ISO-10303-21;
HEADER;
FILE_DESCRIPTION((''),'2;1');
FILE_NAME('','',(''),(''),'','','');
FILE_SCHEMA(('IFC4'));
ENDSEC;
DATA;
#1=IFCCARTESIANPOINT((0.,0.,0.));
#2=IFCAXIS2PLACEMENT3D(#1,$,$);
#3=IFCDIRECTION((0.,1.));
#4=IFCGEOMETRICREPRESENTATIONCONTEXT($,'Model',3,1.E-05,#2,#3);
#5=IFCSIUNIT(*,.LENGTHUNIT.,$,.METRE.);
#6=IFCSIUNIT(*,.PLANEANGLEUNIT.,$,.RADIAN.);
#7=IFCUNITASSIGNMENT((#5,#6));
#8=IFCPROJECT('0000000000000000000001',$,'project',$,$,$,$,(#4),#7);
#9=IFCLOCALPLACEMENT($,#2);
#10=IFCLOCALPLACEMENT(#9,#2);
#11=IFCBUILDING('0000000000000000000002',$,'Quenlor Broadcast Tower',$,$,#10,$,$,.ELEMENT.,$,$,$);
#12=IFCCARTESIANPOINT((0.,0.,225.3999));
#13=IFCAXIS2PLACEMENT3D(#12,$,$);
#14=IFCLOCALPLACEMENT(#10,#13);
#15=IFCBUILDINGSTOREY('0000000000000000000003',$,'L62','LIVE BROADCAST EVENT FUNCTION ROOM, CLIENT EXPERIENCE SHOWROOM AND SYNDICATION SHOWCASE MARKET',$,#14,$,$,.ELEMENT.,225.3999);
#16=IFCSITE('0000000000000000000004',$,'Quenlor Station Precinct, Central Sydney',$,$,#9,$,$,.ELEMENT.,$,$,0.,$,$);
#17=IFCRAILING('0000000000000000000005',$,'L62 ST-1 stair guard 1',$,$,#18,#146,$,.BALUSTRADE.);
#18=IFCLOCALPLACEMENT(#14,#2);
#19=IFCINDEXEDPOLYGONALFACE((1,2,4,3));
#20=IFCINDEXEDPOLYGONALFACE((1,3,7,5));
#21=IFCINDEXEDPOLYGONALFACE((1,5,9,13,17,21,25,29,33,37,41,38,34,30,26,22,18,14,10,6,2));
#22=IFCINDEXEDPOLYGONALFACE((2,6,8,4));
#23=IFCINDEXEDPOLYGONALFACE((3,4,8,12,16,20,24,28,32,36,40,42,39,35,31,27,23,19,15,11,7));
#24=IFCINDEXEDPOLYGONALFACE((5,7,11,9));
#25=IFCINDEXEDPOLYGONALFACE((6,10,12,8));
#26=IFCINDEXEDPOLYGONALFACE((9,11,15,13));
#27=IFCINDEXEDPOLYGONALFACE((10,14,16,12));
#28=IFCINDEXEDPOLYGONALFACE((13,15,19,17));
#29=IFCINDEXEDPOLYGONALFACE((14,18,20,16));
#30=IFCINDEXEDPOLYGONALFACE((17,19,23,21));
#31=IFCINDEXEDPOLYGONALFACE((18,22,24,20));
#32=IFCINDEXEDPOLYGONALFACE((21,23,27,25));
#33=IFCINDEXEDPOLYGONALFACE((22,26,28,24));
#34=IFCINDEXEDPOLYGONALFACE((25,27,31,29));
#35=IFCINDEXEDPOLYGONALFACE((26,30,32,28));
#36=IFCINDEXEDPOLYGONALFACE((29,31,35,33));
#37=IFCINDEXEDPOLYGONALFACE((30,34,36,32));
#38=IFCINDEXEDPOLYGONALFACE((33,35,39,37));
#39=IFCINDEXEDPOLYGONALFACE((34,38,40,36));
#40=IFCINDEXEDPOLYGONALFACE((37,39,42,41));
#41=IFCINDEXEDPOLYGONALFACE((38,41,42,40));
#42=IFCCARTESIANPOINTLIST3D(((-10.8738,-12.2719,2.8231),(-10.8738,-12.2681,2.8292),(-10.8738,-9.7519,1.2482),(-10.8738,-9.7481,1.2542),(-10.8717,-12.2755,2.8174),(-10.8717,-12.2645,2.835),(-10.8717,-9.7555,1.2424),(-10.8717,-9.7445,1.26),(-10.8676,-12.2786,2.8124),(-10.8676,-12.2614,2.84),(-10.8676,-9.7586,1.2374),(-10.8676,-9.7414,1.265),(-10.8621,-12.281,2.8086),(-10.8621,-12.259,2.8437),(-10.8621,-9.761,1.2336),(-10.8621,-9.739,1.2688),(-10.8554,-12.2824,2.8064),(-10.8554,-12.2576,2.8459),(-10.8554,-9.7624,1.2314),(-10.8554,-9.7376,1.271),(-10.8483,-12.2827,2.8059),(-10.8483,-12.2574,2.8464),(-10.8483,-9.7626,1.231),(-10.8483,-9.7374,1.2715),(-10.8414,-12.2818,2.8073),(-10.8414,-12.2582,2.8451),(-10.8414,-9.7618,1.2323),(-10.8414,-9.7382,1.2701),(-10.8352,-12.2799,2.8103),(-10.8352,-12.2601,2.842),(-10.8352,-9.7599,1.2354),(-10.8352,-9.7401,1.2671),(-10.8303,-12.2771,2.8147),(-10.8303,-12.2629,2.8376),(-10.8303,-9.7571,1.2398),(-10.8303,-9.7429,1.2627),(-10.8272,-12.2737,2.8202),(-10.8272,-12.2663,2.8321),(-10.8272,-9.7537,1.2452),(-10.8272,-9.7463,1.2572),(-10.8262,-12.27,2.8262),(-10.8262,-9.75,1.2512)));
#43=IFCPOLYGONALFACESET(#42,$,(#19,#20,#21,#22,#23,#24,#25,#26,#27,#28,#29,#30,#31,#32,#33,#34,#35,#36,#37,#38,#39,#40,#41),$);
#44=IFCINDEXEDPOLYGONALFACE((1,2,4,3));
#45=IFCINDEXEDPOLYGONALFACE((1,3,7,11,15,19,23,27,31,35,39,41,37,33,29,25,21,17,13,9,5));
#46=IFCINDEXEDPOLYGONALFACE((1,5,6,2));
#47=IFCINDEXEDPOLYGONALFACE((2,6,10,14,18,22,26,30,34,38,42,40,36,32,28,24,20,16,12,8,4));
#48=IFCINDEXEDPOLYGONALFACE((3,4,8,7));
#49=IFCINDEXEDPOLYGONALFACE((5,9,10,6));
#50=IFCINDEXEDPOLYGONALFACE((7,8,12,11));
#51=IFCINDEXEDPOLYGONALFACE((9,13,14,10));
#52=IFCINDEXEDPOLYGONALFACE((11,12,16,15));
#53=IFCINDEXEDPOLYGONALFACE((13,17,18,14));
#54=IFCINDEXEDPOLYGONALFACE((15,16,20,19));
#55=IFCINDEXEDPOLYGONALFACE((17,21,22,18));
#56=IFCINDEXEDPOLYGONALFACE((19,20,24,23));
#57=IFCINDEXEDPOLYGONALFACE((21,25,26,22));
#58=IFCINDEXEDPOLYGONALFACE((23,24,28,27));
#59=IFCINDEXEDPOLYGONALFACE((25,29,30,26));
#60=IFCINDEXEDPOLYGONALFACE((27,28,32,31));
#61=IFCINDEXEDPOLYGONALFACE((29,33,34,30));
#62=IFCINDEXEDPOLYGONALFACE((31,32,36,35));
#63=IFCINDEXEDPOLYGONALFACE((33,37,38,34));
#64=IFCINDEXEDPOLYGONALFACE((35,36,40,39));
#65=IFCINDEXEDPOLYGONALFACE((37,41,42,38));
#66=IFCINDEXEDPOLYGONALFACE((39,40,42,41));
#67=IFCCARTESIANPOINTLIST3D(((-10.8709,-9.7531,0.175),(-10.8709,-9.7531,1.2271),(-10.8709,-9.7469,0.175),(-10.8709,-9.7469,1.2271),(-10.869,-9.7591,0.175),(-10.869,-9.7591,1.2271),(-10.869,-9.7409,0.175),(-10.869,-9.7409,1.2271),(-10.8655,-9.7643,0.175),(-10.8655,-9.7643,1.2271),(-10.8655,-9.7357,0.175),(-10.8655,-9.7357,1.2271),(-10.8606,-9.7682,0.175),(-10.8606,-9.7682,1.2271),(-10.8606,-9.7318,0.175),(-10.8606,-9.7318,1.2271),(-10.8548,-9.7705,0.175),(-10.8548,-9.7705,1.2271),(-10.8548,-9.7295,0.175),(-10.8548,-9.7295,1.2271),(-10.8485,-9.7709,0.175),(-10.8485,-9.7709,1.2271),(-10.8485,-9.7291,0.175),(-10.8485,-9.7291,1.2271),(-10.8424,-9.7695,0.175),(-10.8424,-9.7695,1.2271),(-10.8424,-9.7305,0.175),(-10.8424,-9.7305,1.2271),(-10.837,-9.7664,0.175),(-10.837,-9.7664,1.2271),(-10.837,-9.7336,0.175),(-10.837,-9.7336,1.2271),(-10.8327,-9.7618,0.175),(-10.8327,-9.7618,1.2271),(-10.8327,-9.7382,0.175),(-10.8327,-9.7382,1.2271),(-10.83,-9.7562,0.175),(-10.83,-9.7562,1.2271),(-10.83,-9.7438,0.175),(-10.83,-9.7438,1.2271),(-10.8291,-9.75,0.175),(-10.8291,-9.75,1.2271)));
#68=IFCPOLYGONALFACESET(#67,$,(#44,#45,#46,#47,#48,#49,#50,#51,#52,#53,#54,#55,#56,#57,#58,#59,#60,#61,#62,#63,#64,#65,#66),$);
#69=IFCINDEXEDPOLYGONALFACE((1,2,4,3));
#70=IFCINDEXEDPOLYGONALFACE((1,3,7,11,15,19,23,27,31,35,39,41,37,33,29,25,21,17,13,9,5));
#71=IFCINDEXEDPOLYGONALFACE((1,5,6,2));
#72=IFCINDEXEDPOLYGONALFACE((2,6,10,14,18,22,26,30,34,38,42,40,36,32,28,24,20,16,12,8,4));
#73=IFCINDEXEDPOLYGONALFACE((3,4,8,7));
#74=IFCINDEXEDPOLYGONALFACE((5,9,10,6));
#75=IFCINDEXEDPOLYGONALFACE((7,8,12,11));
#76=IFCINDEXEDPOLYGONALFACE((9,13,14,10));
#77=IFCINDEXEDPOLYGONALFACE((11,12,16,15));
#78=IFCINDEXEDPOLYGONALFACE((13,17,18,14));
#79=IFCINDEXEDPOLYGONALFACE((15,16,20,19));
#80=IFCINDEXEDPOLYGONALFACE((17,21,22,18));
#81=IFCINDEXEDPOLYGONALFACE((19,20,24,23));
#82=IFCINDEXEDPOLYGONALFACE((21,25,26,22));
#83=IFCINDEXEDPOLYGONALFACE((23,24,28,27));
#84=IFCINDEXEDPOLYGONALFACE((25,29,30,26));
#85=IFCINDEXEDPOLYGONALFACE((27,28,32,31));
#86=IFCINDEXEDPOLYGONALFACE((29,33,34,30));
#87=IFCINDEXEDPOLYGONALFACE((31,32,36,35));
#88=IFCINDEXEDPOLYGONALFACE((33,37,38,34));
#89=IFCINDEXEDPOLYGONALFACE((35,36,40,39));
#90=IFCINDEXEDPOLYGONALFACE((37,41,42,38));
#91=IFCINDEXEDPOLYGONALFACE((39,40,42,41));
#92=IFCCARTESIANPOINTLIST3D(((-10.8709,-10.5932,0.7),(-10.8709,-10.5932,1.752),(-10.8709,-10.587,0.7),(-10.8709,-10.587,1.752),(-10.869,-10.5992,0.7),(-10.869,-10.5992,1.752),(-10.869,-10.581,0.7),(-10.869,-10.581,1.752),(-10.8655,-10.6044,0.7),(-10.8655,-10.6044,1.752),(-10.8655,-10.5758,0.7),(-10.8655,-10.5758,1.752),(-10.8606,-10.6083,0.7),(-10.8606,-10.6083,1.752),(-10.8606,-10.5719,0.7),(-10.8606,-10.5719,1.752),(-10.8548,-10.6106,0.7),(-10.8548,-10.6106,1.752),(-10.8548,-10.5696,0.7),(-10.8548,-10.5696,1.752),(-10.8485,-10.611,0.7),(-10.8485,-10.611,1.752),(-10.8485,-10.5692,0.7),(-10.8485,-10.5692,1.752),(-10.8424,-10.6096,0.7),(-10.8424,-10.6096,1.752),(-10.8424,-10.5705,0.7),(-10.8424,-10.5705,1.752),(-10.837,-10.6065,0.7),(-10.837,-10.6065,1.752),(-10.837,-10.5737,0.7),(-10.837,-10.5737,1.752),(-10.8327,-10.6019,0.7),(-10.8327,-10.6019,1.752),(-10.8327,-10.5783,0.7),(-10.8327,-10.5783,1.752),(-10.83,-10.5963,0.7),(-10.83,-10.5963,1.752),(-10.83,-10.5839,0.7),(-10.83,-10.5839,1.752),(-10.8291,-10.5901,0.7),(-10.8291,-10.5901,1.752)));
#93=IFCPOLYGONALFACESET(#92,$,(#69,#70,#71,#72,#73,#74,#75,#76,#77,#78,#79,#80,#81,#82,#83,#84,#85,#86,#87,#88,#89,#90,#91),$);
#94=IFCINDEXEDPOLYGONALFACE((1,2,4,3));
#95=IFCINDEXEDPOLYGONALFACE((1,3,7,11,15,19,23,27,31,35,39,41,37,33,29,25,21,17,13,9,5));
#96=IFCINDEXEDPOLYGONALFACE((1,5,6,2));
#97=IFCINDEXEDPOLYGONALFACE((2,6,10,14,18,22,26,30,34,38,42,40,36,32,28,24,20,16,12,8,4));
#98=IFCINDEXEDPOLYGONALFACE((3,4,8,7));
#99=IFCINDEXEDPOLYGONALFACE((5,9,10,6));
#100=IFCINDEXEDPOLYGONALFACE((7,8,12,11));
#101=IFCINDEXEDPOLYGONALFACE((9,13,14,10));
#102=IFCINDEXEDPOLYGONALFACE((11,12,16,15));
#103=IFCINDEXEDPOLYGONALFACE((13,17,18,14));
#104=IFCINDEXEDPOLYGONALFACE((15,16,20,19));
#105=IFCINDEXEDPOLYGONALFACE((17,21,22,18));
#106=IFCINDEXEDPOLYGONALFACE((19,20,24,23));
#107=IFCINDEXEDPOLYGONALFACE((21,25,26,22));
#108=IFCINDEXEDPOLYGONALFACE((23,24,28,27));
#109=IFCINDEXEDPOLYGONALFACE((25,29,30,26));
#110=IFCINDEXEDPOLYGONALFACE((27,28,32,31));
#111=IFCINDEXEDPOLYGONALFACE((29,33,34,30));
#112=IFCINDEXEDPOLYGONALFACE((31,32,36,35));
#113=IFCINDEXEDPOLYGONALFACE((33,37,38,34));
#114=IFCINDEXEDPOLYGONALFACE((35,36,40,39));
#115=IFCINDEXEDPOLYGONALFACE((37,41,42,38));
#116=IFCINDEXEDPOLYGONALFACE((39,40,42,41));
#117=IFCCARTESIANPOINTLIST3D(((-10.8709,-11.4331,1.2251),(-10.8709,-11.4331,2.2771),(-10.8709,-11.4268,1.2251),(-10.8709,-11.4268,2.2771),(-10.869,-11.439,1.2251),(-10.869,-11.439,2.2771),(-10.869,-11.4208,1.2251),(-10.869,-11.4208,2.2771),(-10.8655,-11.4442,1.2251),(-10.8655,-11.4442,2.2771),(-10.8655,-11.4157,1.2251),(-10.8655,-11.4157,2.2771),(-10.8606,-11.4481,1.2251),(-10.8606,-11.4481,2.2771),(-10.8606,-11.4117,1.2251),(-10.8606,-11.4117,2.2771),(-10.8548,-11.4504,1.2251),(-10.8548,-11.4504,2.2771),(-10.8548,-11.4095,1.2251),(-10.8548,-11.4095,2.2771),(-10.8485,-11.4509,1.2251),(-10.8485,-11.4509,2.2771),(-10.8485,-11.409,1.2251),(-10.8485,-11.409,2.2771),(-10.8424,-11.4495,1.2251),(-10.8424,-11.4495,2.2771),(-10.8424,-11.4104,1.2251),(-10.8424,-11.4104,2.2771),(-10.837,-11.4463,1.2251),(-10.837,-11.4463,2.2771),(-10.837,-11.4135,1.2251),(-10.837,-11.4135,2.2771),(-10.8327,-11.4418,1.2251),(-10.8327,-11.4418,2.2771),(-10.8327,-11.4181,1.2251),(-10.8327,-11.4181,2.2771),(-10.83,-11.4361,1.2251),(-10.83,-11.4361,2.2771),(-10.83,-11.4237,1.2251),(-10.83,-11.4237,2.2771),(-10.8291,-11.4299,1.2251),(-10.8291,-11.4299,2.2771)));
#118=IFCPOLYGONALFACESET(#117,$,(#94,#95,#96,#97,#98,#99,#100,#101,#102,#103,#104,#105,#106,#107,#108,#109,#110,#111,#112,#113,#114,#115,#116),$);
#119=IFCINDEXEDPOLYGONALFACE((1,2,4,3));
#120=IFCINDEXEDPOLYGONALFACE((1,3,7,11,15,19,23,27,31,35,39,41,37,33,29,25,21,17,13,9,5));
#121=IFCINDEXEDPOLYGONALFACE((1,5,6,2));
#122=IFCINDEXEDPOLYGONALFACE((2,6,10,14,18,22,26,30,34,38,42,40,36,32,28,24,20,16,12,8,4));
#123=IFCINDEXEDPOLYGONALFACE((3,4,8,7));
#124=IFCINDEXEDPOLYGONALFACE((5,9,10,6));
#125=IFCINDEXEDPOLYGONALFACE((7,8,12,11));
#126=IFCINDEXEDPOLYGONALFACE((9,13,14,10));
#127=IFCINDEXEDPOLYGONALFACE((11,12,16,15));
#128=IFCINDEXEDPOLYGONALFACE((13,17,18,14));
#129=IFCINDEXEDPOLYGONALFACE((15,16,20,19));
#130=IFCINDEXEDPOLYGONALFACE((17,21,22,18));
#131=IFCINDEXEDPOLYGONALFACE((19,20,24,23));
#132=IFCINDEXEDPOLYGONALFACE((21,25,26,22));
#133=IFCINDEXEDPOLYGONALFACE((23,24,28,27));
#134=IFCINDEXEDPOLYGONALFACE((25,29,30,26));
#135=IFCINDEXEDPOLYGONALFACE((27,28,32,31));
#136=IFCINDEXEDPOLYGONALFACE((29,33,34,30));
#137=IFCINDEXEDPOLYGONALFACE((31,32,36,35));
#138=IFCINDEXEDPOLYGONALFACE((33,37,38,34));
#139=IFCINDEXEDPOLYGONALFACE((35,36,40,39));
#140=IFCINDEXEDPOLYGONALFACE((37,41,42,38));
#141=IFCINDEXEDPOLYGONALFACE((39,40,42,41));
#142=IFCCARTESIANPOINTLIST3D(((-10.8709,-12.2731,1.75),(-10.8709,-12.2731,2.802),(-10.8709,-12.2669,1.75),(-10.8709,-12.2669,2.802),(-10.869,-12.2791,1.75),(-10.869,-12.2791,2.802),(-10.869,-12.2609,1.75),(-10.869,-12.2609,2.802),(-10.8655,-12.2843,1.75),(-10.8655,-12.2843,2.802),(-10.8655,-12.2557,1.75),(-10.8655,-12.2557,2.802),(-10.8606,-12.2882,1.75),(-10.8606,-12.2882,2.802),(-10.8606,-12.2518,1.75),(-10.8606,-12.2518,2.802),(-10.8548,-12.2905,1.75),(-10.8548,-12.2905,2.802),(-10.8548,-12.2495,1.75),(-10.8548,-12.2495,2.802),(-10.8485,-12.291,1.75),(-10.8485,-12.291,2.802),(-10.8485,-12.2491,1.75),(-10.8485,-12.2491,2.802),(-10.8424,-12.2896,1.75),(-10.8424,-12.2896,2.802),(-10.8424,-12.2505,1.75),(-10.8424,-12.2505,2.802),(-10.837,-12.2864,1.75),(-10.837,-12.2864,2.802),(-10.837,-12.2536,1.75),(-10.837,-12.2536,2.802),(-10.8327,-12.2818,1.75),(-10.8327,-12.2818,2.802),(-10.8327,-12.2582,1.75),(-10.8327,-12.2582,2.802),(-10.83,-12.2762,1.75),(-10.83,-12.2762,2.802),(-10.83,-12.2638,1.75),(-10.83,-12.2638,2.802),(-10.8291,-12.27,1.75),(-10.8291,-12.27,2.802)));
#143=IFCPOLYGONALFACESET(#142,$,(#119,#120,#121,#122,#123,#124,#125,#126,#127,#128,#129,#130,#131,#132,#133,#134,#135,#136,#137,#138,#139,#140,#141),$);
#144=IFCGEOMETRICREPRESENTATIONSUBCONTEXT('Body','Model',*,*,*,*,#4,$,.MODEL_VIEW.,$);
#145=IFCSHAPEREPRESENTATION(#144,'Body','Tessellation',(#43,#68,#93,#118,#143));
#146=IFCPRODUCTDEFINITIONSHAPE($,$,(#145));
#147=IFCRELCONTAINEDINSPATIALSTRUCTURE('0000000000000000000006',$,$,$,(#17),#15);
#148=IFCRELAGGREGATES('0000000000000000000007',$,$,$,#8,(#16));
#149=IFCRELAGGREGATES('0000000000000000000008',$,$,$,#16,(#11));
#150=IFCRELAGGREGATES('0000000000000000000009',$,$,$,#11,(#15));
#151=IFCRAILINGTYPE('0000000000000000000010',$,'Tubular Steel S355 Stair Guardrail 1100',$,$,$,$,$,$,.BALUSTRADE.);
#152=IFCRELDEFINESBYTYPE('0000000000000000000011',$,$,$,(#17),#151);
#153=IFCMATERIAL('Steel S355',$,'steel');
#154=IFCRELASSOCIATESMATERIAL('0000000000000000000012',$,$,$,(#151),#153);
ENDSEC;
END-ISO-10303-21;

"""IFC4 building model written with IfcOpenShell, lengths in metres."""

from ifc_helpers import new_model, si_unit, direction, frame, origin, origin_2d, place, context, subcontext, project, spatial, circle, extrude, material, type_object, element, save


model = new_model("IFC4")

# Units and contexts
model_context = context("Model", 3, precision=1e-05, world=origin(), true_north=direction((0.0, 1.0)))
body_context = subcontext(model_context, "Body", "Model", "MODEL_VIEW")
ifc_project = project(units=[si_unit("LENGTHUNIT", "METRE"), si_unit("PLANEANGLEUNIT", "RADIAN")], contexts=[model_context])

# Site, building, storey
site_placement = place(None, origin())
site = spatial("IfcSite", under=ifc_project, at=site_placement, Name="Quenlor Station Precinct, Central Sydney", CompositionType="ELEMENT", RefElevation=0.0)
building_placement = place(site_placement, origin())
building = spatial("IfcBuilding", under=site, at=building_placement, Name="Quenlor Broadcast Tower", CompositionType="ELEMENT")
storey_placement = place(building_placement, frame((0.0, 0.0, 225.3999)))
storey = spatial("IfcBuildingStorey", under=building, at=storey_placement, Name="L62", Description="LIVE BROADCAST EVENT FUNCTION ROOM, CLIENT EXPERIENCE SHOWROOM AND SYNDICATION SHOWCASE MARKET", CompositionType="ELEMENT", Elevation=225.3999)

# Railing
ifc_material_1 = material(Name="Steel S355", Category="steel")
railing_type = type_object("IfcRailingType", Name="Tubular Steel S355 Stair Guardrail 1100", PredefinedType="BALUSTRADE", material=ifc_material_1)
railing_1_placement = place(storey_placement, frame((-10.8501, -9.75, 0.175)))
element("IfcRailing", 1, at=railing_1_placement, inside=storey, type_object=railing_type, Name="L62 ST-1 stair guard 1", PredefinedType="BALUSTRADE", context=body_context, shape_type="SweptSolid", body=[
    extrude(circle(Radius=0.0239, at=origin_2d()), frame((0.0, 0.0, 1.0762), z_axis=(0.0, -0.848008, 0.529984), x_axis=(1.0, 0.0, 0.0)), (0.0, 0.0, 1.0), 2.9717),
    extrude(circle(Radius=0.021, at=origin_2d()), origin(), (0.0, 0.0, 1.0), 1.052),
    extrude(circle(Radius=0.021, at=origin_2d()), frame((0.0, -0.8401, 0.5249)), (0.0, 0.0, 1.0), 1.052),
    extrude(circle(Radius=0.021, at=origin_2d()), frame((0.0, -1.6799, 1.05)), (0.0, 0.0, 1.0), 1.052),
    extrude(circle(Radius=0.021, at=origin_2d()), frame((0.0, -2.52, 1.575)), (0.0, 0.0, 1.0), 1.052),
])

save(model, "model.ifc")
